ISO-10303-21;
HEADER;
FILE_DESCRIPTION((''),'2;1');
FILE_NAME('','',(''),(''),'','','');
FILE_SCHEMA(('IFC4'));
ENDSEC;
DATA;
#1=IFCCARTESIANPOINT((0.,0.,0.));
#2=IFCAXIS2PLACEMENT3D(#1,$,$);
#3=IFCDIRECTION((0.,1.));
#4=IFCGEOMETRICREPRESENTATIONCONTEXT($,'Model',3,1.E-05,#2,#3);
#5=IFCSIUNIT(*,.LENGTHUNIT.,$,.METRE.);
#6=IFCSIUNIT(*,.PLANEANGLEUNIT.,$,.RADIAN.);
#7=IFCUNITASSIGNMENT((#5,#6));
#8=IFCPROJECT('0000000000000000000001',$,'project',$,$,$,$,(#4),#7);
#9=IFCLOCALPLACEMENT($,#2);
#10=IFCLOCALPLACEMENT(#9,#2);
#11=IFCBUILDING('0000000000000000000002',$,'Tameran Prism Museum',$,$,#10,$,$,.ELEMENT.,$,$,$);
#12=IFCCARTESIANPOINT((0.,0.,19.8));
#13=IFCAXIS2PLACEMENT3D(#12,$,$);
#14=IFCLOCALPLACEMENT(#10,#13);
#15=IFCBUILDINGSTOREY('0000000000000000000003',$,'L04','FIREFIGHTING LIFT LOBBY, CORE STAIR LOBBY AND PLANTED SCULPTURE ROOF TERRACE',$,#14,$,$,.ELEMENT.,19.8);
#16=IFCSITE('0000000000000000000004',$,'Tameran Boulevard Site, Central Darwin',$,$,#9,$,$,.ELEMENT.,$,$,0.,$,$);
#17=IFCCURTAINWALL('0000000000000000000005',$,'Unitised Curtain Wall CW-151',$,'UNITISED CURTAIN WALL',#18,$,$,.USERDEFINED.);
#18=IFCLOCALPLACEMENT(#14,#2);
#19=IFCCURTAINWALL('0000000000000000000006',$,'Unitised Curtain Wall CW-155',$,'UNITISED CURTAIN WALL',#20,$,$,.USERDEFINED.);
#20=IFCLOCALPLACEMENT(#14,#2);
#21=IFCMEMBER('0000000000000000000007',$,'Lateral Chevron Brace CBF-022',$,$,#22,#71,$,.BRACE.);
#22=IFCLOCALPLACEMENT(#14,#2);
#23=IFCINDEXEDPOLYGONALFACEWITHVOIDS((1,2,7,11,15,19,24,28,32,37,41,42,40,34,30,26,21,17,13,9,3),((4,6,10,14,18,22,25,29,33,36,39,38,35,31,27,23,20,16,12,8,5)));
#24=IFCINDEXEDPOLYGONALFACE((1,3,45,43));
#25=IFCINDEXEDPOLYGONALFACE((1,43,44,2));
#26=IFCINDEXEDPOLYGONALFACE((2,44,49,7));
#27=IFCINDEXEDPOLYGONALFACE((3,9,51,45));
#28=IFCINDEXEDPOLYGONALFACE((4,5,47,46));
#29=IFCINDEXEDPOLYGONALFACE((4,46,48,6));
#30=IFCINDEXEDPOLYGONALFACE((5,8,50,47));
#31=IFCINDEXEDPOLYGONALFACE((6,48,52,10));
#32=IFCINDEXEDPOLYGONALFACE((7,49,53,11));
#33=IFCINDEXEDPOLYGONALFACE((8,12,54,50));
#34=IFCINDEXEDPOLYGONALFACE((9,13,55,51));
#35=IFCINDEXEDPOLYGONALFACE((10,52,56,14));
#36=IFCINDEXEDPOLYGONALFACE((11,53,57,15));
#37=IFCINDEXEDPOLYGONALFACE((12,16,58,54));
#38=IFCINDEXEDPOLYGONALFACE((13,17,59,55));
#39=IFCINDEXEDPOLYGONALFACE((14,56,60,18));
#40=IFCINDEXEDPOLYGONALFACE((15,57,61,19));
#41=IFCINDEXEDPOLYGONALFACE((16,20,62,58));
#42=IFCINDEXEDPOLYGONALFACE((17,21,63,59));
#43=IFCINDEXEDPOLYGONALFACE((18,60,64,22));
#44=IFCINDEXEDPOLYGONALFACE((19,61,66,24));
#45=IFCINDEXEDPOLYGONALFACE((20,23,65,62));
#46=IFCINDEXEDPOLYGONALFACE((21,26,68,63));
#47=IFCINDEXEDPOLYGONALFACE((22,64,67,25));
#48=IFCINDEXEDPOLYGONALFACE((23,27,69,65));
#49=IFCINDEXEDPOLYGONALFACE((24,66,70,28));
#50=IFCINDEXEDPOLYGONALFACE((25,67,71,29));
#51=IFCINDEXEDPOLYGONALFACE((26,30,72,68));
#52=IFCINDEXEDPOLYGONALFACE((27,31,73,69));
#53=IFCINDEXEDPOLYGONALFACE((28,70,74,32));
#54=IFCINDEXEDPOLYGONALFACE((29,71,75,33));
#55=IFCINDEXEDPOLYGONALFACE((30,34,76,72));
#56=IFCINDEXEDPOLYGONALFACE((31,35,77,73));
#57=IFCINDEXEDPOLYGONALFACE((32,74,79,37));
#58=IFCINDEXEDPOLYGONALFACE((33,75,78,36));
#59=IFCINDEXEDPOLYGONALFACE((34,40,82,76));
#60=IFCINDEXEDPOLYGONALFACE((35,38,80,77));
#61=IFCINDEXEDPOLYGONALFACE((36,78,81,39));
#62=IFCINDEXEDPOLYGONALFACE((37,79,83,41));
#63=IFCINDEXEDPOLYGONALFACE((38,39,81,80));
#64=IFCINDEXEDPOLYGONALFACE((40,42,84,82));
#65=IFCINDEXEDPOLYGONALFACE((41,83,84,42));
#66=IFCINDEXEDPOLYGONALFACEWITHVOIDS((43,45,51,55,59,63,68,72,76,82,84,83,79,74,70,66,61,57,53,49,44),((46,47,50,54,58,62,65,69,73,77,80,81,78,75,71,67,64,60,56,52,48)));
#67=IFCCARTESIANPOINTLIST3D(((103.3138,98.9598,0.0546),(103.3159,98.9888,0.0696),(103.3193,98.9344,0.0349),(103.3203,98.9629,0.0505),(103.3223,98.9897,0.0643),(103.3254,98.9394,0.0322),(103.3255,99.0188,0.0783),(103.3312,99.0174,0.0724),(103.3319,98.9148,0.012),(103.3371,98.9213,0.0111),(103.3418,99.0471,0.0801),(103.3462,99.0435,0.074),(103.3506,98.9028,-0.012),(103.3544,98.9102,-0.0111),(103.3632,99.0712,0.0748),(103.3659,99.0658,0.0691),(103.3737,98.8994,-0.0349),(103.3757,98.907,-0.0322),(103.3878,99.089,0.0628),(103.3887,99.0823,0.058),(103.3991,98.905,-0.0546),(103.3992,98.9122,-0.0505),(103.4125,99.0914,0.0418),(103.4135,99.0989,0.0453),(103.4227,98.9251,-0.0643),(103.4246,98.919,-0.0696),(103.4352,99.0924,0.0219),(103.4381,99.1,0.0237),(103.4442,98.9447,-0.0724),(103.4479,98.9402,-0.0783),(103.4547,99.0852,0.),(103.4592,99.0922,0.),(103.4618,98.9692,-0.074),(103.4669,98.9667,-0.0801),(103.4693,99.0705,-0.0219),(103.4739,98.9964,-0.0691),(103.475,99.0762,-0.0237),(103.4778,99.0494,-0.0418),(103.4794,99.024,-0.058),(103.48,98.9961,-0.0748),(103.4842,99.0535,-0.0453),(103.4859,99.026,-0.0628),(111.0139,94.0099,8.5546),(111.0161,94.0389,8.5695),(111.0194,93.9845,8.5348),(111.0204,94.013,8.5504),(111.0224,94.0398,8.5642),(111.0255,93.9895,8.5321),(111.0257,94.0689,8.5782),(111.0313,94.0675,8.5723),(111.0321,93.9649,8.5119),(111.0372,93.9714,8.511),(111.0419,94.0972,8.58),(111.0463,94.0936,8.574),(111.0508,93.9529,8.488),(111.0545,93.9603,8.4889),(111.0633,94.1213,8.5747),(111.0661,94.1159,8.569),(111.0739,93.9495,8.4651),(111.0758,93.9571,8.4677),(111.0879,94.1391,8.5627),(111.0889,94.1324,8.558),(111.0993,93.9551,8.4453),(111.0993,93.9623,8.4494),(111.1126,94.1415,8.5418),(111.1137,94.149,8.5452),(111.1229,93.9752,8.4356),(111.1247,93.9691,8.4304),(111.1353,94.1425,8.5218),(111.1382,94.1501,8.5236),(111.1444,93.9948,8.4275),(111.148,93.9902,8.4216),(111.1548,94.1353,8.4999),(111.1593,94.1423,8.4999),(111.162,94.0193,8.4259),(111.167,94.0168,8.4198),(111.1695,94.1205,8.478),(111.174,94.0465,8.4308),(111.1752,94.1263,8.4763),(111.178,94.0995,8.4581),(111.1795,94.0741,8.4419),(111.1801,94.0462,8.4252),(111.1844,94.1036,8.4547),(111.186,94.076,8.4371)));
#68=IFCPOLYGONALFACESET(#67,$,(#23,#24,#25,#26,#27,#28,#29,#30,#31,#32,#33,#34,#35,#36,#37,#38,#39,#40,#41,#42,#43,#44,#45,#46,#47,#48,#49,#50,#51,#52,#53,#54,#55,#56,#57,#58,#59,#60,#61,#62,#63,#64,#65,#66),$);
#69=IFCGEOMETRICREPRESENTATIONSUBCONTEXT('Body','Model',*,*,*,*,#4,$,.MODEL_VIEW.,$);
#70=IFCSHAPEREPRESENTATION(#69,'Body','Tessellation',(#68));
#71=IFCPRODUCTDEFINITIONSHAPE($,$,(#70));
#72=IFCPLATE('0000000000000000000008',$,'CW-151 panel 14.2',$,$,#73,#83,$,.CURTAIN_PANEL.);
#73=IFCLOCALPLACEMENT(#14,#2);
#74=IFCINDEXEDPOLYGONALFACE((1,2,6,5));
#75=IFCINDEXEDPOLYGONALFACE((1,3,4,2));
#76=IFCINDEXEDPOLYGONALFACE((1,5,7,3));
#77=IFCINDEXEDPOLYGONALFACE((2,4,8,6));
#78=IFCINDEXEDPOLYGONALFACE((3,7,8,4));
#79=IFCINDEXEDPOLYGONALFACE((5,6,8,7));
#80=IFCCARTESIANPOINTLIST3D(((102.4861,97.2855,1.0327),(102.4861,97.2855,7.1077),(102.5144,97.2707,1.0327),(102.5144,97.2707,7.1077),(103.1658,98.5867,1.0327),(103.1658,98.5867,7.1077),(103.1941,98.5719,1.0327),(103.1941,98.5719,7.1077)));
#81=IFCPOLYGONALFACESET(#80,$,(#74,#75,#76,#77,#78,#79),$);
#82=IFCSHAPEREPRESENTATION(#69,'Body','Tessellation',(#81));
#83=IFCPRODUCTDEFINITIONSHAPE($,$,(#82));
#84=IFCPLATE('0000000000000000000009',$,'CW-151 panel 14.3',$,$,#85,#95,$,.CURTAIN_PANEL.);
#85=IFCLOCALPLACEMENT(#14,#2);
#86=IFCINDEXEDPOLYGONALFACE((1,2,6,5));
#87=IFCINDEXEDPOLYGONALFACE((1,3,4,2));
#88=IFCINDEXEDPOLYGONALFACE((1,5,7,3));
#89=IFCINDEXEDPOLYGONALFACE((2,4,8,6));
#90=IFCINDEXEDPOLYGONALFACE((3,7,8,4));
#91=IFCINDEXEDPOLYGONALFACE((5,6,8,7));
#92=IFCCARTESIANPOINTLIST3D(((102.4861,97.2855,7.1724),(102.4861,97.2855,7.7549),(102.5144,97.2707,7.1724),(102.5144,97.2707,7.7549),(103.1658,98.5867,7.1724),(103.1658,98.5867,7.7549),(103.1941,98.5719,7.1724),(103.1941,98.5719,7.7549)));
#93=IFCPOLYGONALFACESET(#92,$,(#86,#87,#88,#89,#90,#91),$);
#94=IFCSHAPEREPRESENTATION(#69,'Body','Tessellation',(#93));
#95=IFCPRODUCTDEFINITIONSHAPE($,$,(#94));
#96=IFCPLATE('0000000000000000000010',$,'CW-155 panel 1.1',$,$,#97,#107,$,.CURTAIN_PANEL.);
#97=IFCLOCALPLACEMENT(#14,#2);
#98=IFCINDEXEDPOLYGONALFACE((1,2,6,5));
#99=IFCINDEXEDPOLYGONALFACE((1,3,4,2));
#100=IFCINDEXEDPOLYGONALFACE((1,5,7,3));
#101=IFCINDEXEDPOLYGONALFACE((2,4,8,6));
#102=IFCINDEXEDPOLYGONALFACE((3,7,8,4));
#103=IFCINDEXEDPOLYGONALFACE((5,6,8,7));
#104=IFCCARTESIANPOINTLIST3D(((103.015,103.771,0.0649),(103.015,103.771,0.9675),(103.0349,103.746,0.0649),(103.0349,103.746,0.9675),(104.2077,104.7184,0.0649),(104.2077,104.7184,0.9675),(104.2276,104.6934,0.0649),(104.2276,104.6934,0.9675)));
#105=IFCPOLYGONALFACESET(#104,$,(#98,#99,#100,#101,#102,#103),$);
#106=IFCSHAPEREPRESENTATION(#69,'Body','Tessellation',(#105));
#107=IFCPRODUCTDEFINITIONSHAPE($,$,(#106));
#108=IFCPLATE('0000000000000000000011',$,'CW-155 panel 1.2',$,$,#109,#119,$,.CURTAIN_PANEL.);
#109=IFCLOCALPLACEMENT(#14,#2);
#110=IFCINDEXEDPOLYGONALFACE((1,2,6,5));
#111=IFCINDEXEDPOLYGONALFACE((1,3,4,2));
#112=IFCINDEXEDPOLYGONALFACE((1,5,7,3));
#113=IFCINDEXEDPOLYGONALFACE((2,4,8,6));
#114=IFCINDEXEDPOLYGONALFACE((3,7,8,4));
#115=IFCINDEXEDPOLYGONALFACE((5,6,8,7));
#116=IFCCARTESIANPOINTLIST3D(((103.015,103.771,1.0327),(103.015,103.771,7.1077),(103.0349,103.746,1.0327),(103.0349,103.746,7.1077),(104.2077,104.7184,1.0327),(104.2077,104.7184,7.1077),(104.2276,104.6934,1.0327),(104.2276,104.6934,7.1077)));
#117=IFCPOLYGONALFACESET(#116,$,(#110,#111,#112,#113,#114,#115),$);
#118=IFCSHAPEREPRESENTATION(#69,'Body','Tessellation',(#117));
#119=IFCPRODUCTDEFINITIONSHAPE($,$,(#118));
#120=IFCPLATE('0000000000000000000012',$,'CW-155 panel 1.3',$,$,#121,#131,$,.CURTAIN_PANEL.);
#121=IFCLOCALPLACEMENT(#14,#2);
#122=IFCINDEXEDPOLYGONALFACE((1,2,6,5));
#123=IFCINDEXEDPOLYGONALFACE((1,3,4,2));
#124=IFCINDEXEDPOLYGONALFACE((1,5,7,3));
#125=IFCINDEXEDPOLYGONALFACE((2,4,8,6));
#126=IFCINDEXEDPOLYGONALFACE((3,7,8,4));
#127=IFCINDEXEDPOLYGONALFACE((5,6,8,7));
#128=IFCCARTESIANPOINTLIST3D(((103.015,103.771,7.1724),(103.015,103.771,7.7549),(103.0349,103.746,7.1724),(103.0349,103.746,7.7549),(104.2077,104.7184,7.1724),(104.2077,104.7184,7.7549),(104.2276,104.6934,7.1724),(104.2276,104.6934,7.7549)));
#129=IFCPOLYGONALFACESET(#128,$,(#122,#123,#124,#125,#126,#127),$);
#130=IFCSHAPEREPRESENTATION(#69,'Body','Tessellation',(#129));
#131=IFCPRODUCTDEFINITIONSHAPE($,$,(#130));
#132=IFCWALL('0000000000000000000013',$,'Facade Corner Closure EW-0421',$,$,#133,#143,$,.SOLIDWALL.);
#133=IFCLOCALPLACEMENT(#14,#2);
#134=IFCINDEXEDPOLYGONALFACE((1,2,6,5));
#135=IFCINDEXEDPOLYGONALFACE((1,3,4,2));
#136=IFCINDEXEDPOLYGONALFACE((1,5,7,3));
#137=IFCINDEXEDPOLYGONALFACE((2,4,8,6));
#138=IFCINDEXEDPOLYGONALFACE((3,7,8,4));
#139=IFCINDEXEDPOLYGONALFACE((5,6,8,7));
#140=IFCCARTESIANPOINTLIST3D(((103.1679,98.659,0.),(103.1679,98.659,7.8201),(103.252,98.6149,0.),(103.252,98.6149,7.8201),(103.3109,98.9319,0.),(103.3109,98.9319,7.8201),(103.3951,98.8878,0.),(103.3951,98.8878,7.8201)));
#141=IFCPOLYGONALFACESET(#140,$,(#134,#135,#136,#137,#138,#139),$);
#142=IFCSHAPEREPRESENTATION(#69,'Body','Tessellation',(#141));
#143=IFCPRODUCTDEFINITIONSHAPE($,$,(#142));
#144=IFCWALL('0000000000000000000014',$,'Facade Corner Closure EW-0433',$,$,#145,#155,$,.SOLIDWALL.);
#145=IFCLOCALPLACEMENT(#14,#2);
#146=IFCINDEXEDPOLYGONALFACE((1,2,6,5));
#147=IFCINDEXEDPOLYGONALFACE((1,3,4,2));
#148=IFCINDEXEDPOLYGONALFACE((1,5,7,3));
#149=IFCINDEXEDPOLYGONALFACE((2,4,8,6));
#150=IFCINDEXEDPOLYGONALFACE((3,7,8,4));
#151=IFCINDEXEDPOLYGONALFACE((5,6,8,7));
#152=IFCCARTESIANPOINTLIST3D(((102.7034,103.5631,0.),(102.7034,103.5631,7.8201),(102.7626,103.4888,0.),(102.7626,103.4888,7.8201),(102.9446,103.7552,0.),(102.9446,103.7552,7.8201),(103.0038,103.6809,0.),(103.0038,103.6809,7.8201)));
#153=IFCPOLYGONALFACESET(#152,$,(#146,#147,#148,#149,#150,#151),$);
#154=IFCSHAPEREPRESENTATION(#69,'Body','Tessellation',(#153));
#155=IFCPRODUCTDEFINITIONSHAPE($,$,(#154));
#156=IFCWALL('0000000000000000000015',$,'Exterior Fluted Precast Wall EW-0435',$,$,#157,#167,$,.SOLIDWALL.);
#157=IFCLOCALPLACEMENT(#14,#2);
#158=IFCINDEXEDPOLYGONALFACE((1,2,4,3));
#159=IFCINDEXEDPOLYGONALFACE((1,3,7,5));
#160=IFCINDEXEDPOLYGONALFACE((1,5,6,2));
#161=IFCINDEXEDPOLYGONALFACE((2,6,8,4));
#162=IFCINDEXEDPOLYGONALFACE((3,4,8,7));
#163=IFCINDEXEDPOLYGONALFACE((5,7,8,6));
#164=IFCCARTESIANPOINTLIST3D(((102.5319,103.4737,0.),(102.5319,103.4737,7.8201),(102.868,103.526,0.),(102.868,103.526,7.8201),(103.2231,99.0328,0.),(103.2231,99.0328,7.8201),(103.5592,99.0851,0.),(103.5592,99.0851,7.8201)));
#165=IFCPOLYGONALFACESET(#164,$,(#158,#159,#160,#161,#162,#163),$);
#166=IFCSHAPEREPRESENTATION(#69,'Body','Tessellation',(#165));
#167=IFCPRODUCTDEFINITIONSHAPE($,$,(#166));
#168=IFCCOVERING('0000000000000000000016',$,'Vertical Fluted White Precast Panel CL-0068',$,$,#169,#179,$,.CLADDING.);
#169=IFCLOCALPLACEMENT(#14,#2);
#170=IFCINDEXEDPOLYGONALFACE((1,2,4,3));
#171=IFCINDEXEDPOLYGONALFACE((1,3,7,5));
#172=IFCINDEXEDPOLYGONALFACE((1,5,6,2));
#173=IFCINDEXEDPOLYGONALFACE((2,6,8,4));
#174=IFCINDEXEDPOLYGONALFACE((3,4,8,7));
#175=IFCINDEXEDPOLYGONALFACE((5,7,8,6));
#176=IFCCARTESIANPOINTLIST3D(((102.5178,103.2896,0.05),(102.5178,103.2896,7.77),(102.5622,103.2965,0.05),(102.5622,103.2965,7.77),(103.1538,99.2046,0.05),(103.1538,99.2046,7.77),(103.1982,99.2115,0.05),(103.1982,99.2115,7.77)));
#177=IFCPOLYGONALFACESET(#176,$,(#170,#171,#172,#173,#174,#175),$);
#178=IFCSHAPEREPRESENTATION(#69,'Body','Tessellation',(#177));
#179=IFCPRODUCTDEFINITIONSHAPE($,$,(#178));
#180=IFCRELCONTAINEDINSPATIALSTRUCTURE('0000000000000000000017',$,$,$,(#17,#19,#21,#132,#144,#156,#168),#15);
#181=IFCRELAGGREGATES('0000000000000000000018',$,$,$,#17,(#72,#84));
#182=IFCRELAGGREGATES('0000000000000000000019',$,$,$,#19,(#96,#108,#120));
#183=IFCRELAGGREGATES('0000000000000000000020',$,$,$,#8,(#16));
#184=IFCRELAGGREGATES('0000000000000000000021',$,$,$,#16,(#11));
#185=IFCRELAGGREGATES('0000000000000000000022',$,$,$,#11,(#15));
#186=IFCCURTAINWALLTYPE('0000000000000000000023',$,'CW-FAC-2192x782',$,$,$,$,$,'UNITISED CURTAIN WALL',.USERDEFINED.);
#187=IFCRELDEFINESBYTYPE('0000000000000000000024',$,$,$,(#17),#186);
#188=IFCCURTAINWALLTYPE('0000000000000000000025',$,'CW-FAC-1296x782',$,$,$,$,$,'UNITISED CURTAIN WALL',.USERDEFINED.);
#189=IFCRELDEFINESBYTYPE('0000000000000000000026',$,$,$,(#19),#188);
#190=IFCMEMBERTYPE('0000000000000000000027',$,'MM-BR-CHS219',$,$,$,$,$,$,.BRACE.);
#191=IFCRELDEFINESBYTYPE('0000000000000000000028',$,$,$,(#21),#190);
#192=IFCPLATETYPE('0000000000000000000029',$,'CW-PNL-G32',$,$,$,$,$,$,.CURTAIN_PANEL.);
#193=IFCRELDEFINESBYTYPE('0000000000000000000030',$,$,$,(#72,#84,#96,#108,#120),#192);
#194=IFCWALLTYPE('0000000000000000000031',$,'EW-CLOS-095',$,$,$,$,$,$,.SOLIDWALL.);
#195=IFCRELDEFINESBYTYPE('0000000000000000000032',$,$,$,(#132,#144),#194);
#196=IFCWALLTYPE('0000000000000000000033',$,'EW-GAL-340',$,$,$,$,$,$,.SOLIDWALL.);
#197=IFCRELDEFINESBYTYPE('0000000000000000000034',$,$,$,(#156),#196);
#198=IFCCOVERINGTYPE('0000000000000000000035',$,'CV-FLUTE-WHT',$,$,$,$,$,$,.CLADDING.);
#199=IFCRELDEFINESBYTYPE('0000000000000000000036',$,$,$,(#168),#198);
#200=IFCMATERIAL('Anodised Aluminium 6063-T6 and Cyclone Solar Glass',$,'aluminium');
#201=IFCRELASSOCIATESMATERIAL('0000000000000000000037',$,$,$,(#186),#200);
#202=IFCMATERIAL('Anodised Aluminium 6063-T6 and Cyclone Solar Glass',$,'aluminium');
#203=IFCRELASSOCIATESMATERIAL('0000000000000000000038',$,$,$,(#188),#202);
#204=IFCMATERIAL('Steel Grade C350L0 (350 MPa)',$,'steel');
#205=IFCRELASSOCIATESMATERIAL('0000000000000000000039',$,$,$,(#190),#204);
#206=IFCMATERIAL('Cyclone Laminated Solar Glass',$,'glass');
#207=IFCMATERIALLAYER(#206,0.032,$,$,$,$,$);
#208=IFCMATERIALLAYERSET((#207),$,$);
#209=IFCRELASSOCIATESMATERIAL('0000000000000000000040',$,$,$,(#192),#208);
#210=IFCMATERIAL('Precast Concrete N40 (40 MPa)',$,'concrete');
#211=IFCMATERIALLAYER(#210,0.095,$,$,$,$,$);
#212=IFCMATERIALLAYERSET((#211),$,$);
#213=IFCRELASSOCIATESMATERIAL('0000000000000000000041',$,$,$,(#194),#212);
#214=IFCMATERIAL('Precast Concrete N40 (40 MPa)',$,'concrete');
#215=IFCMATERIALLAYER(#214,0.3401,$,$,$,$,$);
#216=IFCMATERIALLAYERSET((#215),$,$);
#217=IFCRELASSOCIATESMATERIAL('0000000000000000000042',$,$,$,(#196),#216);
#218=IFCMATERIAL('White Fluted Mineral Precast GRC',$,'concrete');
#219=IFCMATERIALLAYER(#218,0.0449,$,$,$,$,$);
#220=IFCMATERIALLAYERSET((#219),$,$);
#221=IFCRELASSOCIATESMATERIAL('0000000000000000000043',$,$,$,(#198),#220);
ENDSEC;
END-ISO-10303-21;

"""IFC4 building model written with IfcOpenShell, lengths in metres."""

from ifc_helpers import new_model, si_unit, direction, frame, frame_2d, origin, origin_2d, place, context, subcontext, project, spatial, rectangle, hollow_circle, extrude, material, layer, layer_set, material_profile, profile_set, type_object, element, aggregate, save


model = new_model("IFC4")

# Units and contexts
model_context = context("Model", 3, precision=1e-05, world=origin(), true_north=direction((0.0, 1.0)))
body_context = subcontext(model_context, "Body", "Model", "MODEL_VIEW")
ifc_project = project(units=[si_unit("LENGTHUNIT", "METRE"), si_unit("PLANEANGLEUNIT", "RADIAN")], contexts=[model_context])

# Site, building, storey
site_placement = place(None, origin())
site = spatial("IfcSite", under=ifc_project, at=site_placement, Name="Tameran Boulevard Site, Central Darwin", CompositionType="ELEMENT", RefElevation=0.0)
building_placement = place(site_placement, origin())
building = spatial("IfcBuilding", under=site, at=building_placement, Name="Tameran Prism Museum", CompositionType="ELEMENT")
storey_placement = place(building_placement, frame((0.0, 0.0, 19.8)))
storey = spatial("IfcBuildingStorey", under=building, at=storey_placement, Name="L04", Description="FIREFIGHTING LIFT LOBBY, CORE STAIR LOBBY AND PLANTED SCULPTURE ROOF TERRACE", CompositionType="ELEMENT", Elevation=19.8)

# Curtain wall
ifc_material_1 = material(Name="Anodised Aluminium 6063-T6 and Cyclone Solar Glass", Category="aluminium")
curtain_wall_type_1 = type_object("IfcCurtainWallType", Name="CW-FAC-2192x782", ElementType="UNITISED CURTAIN WALL", PredefinedType="USERDEFINED", material=ifc_material_1)
curtain_wall_1_placement = place(storey_placement, origin())
curtain_wall_1 = element("IfcCurtainWall", 1, at=curtain_wall_1_placement, inside=storey, type_object=curtain_wall_type_1, Name="Unitised Curtain Wall CW-151", ObjectType="UNITISED CURTAIN WALL", PredefinedType="USERDEFINED")

# Curtain wall
ifc_material_2 = material(Name="Anodised Aluminium 6063-T6 and Cyclone Solar Glass", Category="aluminium")
curtain_wall_type_2 = type_object("IfcCurtainWallType", Name="CW-FAC-1296x782", ElementType="UNITISED CURTAIN WALL", PredefinedType="USERDEFINED", material=ifc_material_2)
curtain_wall_2_placement = place(storey_placement, origin())
curtain_wall_2 = element("IfcCurtainWall", 2, at=curtain_wall_2_placement, inside=storey, type_object=curtain_wall_type_2, Name="Unitised Curtain Wall CW-155", ObjectType="UNITISED CURTAIN WALL", PredefinedType="USERDEFINED")

# Member
ifc_material_3 = material(Name="Steel Grade C350L0 (350 MPa)", Category="steel")
ifc_material_profile_1 = material_profile(ifc_material_3, hollow_circle(Radius=0.1096, WallThickness=0.0083, at=origin_2d()))
ifc_profile_set_1 = profile_set([ifc_material_profile_1])
member_type_1 = type_object("IfcMemberType", Name="MM-BR-CHS219", PredefinedType="BRACE", material=ifc_profile_set_1)
member_1_placement = place(storey_placement, frame((103.3999, 99.0, 0.0), z_axis=(0.61642, -0.396256, 0.680446), x_axis=(0.540744, 0.841187, 0.0)))
element("IfcMember", 3, at=member_1_placement, inside=storey, type_object=member_type_1, Name="Lateral Chevron Brace CBF-022", PredefinedType="BRACE", context=body_context, shape_type="SweptSolid", body=[
    extrude(hollow_circle(Radius=0.1096, WallThickness=0.0083, at=origin_2d()), origin(), (0.0, 0.0, 1.0), 12.4917),
])

# Plates
ifc_material_4 = material(Name="Cyclone Laminated Solar Glass", Category="glass")
ifc_layer_1 = layer(ifc_material_4, 0.032)
ifc_layer_set_1 = layer_set([ifc_layer_1])
plate_type = type_object("IfcPlateType", Name="CW-PNL-G32", PredefinedType="CURTAIN_PANEL", material=ifc_layer_set_1)
plate_1_placement = place(storey_placement, frame((102.8401, 97.9287, 1.0327), z_axis=(0.0, 0.0, 1.0), x_axis=(0.463003, 0.886357, 0.0)))
plate_1 = element("IfcPlate", 4, at=plate_1_placement, type_object=plate_type, Name="CW-151 panel 14.2", PredefinedType="CURTAIN_PANEL", context=body_context, shape_type="SweptSolid", body=[
    extrude(rectangle(XDim=1.468, YDim=0.032, at=origin_2d()), origin(), (0.0, 0.0, 1.0), 6.075),
])
plate_2_placement = place(storey_placement, frame((102.8401, 97.9287, 7.1724), z_axis=(0.0, 0.0, 1.0), x_axis=(0.463003, 0.886357, 0.0)))
plate_2 = element("IfcPlate", 5, at=plate_2_placement, type_object=plate_type, Name="CW-151 panel 14.3", PredefinedType="CURTAIN_PANEL", context=body_context, shape_type="SweptSolid", body=[
    extrude(rectangle(XDim=1.468, YDim=0.032, at=origin_2d()), origin(), (0.0, 0.0, 1.0), 0.5825),
])
aggregate(curtain_wall_1, [plate_1, plate_2])
plate_3_placement = place(storey_placement, frame((103.6213, 104.2322, 0.0649), z_axis=(0.0, 0.0, 1.0), x_axis=(0.783031, 0.621982, 0.0)))
plate_3 = element("IfcPlate", 6, at=plate_3_placement, type_object=plate_type, Name="CW-155 panel 1.1", PredefinedType="CURTAIN_PANEL", context=body_context, shape_type="SweptSolid", body=[
    extrude(rectangle(XDim=1.5232, YDim=0.032, at=origin_2d()), origin(), (0.0, 0.0, 1.0), 0.9026),
])
plate_4_placement = place(storey_placement, frame((103.6213, 104.2322, 1.0327), z_axis=(0.0, 0.0, 1.0), x_axis=(0.783031, 0.621982, 0.0)))
plate_4 = element("IfcPlate", 7, at=plate_4_placement, type_object=plate_type, Name="CW-155 panel 1.2", PredefinedType="CURTAIN_PANEL", context=body_context, shape_type="SweptSolid", body=[
    extrude(rectangle(XDim=1.5232, YDim=0.032, at=origin_2d()), origin(), (0.0, 0.0, 1.0), 6.075),
])
plate_5_placement = place(storey_placement, frame((103.6213, 104.2322, 7.1724), z_axis=(0.0, 0.0, 1.0), x_axis=(0.783031, 0.621982, 0.0)))
plate_5 = element("IfcPlate", 8, at=plate_5_placement, type_object=plate_type, Name="CW-155 panel 1.3", PredefinedType="CURTAIN_PANEL", context=body_context, shape_type="SweptSolid", body=[
    extrude(rectangle(XDim=1.5232, YDim=0.032, at=origin_2d()), origin(), (0.0, 0.0, 1.0), 0.5825),
])
aggregate(curtain_wall_2, [plate_3, plate_4, plate_5])

# Walls
ifc_material_5 = material(Name="Precast Concrete N40 (40 MPa)", Category="concrete")
ifc_layer_2 = layer(ifc_material_5, 0.095)
ifc_layer_set_2 = layer_set([ifc_layer_2])
wall_type_1 = type_object("IfcWallType", Name="EW-CLOS-095", PredefinedType="SOLIDWALL", material=ifc_layer_set_2)
wall_1_placement = place(storey_placement, frame((103.21, 98.637, 0.0), z_axis=(0.0, 0.0, 1.0), x_axis=(0.464244, 0.885707, 0.0)))
element("IfcWall", 9, at=wall_1_placement, inside=storey, type_object=wall_type_1, Name="Facade Corner Closure EW-0421", PredefinedType="SOLIDWALL", context=body_context, shape_type="SweptSolid", body=[
    extrude(rectangle(XDim=0.3081, YDim=0.095, at=frame_2d((0.1541, 0.0))), origin(), (0.0, 0.0, 1.0), 7.8201),
])
wall_2_placement = place(storey_placement, frame((102.7329, 103.5259, 0.0), z_axis=(0.0, 0.0, 1.0), x_axis=(0.78218, 0.623052, 0.0)))
element("IfcWall", 10, at=wall_2_placement, inside=storey, type_object=wall_type_1, Name="Facade Corner Closure EW-0433", PredefinedType="SOLIDWALL", context=body_context, shape_type="SweptSolid", body=[
    extrude(rectangle(XDim=0.3083, YDim=0.095, at=frame_2d((0.1543, 0.0))), origin(), (0.0, 0.0, 1.0), 7.8201),
])
ifc_material_6 = material(Name="Precast Concrete N40 (40 MPa)", Category="concrete")
ifc_layer_3 = layer(ifc_material_6, 0.3401)
ifc_layer_set_3 = layer_set([ifc_layer_3])
wall_type_2 = type_object("IfcWallType", Name="EW-GAL-340", PredefinedType="SOLIDWALL", material=ifc_layer_set_3)
wall_3_placement = place(storey_placement, frame((103.3911, 99.0591, 0.0), z_axis=(0.0, 0.0, 1.0), x_axis=(-0.153784, 0.988105, 0.0)))
element("IfcWall", 11, at=wall_3_placement, inside=storey, type_object=wall_type_2, Name="Exterior Fluted Precast Wall EW-0435", PredefinedType="SOLIDWALL", context=body_context, shape_type="SweptSolid", body=[
    extrude(rectangle(XDim=4.4944, YDim=0.3401, at=frame_2d((2.2471, 0.0))), origin(), (0.0, 0.0, 1.0), 7.8201),
])

# Covering
ifc_material_7 = material(Name="White Fluted Mineral Precast GRC", Category="concrete")
ifc_layer_4 = layer(ifc_material_7, 0.0449)
ifc_layer_set_4 = layer_set([ifc_layer_4])
covering_type = type_object("IfcCoveringType", Name="CV-FLUTE-WHT", PredefinedType="CLADDING", material=ifc_layer_set_4)
covering_placement = place(storey_placement, frame((103.176, 99.208, 0.05), z_axis=(0.0, 0.0, 1.0), x_axis=(-0.153836, 0.988096, 0.0)))
element("IfcCovering", 12, at=covering_placement, inside=storey, type_object=covering_type, Name="Vertical Fluted White Precast Panel CL-0068", PredefinedType="CLADDING", context=body_context, shape_type="SweptSolid", body=[
    extrude(rectangle(XDim=4.1343, YDim=0.0449, at=frame_2d((2.0671, 0.0))), origin(), (0.0, 0.0, 1.0), 7.72),
])

save(model, "model.ifc")
